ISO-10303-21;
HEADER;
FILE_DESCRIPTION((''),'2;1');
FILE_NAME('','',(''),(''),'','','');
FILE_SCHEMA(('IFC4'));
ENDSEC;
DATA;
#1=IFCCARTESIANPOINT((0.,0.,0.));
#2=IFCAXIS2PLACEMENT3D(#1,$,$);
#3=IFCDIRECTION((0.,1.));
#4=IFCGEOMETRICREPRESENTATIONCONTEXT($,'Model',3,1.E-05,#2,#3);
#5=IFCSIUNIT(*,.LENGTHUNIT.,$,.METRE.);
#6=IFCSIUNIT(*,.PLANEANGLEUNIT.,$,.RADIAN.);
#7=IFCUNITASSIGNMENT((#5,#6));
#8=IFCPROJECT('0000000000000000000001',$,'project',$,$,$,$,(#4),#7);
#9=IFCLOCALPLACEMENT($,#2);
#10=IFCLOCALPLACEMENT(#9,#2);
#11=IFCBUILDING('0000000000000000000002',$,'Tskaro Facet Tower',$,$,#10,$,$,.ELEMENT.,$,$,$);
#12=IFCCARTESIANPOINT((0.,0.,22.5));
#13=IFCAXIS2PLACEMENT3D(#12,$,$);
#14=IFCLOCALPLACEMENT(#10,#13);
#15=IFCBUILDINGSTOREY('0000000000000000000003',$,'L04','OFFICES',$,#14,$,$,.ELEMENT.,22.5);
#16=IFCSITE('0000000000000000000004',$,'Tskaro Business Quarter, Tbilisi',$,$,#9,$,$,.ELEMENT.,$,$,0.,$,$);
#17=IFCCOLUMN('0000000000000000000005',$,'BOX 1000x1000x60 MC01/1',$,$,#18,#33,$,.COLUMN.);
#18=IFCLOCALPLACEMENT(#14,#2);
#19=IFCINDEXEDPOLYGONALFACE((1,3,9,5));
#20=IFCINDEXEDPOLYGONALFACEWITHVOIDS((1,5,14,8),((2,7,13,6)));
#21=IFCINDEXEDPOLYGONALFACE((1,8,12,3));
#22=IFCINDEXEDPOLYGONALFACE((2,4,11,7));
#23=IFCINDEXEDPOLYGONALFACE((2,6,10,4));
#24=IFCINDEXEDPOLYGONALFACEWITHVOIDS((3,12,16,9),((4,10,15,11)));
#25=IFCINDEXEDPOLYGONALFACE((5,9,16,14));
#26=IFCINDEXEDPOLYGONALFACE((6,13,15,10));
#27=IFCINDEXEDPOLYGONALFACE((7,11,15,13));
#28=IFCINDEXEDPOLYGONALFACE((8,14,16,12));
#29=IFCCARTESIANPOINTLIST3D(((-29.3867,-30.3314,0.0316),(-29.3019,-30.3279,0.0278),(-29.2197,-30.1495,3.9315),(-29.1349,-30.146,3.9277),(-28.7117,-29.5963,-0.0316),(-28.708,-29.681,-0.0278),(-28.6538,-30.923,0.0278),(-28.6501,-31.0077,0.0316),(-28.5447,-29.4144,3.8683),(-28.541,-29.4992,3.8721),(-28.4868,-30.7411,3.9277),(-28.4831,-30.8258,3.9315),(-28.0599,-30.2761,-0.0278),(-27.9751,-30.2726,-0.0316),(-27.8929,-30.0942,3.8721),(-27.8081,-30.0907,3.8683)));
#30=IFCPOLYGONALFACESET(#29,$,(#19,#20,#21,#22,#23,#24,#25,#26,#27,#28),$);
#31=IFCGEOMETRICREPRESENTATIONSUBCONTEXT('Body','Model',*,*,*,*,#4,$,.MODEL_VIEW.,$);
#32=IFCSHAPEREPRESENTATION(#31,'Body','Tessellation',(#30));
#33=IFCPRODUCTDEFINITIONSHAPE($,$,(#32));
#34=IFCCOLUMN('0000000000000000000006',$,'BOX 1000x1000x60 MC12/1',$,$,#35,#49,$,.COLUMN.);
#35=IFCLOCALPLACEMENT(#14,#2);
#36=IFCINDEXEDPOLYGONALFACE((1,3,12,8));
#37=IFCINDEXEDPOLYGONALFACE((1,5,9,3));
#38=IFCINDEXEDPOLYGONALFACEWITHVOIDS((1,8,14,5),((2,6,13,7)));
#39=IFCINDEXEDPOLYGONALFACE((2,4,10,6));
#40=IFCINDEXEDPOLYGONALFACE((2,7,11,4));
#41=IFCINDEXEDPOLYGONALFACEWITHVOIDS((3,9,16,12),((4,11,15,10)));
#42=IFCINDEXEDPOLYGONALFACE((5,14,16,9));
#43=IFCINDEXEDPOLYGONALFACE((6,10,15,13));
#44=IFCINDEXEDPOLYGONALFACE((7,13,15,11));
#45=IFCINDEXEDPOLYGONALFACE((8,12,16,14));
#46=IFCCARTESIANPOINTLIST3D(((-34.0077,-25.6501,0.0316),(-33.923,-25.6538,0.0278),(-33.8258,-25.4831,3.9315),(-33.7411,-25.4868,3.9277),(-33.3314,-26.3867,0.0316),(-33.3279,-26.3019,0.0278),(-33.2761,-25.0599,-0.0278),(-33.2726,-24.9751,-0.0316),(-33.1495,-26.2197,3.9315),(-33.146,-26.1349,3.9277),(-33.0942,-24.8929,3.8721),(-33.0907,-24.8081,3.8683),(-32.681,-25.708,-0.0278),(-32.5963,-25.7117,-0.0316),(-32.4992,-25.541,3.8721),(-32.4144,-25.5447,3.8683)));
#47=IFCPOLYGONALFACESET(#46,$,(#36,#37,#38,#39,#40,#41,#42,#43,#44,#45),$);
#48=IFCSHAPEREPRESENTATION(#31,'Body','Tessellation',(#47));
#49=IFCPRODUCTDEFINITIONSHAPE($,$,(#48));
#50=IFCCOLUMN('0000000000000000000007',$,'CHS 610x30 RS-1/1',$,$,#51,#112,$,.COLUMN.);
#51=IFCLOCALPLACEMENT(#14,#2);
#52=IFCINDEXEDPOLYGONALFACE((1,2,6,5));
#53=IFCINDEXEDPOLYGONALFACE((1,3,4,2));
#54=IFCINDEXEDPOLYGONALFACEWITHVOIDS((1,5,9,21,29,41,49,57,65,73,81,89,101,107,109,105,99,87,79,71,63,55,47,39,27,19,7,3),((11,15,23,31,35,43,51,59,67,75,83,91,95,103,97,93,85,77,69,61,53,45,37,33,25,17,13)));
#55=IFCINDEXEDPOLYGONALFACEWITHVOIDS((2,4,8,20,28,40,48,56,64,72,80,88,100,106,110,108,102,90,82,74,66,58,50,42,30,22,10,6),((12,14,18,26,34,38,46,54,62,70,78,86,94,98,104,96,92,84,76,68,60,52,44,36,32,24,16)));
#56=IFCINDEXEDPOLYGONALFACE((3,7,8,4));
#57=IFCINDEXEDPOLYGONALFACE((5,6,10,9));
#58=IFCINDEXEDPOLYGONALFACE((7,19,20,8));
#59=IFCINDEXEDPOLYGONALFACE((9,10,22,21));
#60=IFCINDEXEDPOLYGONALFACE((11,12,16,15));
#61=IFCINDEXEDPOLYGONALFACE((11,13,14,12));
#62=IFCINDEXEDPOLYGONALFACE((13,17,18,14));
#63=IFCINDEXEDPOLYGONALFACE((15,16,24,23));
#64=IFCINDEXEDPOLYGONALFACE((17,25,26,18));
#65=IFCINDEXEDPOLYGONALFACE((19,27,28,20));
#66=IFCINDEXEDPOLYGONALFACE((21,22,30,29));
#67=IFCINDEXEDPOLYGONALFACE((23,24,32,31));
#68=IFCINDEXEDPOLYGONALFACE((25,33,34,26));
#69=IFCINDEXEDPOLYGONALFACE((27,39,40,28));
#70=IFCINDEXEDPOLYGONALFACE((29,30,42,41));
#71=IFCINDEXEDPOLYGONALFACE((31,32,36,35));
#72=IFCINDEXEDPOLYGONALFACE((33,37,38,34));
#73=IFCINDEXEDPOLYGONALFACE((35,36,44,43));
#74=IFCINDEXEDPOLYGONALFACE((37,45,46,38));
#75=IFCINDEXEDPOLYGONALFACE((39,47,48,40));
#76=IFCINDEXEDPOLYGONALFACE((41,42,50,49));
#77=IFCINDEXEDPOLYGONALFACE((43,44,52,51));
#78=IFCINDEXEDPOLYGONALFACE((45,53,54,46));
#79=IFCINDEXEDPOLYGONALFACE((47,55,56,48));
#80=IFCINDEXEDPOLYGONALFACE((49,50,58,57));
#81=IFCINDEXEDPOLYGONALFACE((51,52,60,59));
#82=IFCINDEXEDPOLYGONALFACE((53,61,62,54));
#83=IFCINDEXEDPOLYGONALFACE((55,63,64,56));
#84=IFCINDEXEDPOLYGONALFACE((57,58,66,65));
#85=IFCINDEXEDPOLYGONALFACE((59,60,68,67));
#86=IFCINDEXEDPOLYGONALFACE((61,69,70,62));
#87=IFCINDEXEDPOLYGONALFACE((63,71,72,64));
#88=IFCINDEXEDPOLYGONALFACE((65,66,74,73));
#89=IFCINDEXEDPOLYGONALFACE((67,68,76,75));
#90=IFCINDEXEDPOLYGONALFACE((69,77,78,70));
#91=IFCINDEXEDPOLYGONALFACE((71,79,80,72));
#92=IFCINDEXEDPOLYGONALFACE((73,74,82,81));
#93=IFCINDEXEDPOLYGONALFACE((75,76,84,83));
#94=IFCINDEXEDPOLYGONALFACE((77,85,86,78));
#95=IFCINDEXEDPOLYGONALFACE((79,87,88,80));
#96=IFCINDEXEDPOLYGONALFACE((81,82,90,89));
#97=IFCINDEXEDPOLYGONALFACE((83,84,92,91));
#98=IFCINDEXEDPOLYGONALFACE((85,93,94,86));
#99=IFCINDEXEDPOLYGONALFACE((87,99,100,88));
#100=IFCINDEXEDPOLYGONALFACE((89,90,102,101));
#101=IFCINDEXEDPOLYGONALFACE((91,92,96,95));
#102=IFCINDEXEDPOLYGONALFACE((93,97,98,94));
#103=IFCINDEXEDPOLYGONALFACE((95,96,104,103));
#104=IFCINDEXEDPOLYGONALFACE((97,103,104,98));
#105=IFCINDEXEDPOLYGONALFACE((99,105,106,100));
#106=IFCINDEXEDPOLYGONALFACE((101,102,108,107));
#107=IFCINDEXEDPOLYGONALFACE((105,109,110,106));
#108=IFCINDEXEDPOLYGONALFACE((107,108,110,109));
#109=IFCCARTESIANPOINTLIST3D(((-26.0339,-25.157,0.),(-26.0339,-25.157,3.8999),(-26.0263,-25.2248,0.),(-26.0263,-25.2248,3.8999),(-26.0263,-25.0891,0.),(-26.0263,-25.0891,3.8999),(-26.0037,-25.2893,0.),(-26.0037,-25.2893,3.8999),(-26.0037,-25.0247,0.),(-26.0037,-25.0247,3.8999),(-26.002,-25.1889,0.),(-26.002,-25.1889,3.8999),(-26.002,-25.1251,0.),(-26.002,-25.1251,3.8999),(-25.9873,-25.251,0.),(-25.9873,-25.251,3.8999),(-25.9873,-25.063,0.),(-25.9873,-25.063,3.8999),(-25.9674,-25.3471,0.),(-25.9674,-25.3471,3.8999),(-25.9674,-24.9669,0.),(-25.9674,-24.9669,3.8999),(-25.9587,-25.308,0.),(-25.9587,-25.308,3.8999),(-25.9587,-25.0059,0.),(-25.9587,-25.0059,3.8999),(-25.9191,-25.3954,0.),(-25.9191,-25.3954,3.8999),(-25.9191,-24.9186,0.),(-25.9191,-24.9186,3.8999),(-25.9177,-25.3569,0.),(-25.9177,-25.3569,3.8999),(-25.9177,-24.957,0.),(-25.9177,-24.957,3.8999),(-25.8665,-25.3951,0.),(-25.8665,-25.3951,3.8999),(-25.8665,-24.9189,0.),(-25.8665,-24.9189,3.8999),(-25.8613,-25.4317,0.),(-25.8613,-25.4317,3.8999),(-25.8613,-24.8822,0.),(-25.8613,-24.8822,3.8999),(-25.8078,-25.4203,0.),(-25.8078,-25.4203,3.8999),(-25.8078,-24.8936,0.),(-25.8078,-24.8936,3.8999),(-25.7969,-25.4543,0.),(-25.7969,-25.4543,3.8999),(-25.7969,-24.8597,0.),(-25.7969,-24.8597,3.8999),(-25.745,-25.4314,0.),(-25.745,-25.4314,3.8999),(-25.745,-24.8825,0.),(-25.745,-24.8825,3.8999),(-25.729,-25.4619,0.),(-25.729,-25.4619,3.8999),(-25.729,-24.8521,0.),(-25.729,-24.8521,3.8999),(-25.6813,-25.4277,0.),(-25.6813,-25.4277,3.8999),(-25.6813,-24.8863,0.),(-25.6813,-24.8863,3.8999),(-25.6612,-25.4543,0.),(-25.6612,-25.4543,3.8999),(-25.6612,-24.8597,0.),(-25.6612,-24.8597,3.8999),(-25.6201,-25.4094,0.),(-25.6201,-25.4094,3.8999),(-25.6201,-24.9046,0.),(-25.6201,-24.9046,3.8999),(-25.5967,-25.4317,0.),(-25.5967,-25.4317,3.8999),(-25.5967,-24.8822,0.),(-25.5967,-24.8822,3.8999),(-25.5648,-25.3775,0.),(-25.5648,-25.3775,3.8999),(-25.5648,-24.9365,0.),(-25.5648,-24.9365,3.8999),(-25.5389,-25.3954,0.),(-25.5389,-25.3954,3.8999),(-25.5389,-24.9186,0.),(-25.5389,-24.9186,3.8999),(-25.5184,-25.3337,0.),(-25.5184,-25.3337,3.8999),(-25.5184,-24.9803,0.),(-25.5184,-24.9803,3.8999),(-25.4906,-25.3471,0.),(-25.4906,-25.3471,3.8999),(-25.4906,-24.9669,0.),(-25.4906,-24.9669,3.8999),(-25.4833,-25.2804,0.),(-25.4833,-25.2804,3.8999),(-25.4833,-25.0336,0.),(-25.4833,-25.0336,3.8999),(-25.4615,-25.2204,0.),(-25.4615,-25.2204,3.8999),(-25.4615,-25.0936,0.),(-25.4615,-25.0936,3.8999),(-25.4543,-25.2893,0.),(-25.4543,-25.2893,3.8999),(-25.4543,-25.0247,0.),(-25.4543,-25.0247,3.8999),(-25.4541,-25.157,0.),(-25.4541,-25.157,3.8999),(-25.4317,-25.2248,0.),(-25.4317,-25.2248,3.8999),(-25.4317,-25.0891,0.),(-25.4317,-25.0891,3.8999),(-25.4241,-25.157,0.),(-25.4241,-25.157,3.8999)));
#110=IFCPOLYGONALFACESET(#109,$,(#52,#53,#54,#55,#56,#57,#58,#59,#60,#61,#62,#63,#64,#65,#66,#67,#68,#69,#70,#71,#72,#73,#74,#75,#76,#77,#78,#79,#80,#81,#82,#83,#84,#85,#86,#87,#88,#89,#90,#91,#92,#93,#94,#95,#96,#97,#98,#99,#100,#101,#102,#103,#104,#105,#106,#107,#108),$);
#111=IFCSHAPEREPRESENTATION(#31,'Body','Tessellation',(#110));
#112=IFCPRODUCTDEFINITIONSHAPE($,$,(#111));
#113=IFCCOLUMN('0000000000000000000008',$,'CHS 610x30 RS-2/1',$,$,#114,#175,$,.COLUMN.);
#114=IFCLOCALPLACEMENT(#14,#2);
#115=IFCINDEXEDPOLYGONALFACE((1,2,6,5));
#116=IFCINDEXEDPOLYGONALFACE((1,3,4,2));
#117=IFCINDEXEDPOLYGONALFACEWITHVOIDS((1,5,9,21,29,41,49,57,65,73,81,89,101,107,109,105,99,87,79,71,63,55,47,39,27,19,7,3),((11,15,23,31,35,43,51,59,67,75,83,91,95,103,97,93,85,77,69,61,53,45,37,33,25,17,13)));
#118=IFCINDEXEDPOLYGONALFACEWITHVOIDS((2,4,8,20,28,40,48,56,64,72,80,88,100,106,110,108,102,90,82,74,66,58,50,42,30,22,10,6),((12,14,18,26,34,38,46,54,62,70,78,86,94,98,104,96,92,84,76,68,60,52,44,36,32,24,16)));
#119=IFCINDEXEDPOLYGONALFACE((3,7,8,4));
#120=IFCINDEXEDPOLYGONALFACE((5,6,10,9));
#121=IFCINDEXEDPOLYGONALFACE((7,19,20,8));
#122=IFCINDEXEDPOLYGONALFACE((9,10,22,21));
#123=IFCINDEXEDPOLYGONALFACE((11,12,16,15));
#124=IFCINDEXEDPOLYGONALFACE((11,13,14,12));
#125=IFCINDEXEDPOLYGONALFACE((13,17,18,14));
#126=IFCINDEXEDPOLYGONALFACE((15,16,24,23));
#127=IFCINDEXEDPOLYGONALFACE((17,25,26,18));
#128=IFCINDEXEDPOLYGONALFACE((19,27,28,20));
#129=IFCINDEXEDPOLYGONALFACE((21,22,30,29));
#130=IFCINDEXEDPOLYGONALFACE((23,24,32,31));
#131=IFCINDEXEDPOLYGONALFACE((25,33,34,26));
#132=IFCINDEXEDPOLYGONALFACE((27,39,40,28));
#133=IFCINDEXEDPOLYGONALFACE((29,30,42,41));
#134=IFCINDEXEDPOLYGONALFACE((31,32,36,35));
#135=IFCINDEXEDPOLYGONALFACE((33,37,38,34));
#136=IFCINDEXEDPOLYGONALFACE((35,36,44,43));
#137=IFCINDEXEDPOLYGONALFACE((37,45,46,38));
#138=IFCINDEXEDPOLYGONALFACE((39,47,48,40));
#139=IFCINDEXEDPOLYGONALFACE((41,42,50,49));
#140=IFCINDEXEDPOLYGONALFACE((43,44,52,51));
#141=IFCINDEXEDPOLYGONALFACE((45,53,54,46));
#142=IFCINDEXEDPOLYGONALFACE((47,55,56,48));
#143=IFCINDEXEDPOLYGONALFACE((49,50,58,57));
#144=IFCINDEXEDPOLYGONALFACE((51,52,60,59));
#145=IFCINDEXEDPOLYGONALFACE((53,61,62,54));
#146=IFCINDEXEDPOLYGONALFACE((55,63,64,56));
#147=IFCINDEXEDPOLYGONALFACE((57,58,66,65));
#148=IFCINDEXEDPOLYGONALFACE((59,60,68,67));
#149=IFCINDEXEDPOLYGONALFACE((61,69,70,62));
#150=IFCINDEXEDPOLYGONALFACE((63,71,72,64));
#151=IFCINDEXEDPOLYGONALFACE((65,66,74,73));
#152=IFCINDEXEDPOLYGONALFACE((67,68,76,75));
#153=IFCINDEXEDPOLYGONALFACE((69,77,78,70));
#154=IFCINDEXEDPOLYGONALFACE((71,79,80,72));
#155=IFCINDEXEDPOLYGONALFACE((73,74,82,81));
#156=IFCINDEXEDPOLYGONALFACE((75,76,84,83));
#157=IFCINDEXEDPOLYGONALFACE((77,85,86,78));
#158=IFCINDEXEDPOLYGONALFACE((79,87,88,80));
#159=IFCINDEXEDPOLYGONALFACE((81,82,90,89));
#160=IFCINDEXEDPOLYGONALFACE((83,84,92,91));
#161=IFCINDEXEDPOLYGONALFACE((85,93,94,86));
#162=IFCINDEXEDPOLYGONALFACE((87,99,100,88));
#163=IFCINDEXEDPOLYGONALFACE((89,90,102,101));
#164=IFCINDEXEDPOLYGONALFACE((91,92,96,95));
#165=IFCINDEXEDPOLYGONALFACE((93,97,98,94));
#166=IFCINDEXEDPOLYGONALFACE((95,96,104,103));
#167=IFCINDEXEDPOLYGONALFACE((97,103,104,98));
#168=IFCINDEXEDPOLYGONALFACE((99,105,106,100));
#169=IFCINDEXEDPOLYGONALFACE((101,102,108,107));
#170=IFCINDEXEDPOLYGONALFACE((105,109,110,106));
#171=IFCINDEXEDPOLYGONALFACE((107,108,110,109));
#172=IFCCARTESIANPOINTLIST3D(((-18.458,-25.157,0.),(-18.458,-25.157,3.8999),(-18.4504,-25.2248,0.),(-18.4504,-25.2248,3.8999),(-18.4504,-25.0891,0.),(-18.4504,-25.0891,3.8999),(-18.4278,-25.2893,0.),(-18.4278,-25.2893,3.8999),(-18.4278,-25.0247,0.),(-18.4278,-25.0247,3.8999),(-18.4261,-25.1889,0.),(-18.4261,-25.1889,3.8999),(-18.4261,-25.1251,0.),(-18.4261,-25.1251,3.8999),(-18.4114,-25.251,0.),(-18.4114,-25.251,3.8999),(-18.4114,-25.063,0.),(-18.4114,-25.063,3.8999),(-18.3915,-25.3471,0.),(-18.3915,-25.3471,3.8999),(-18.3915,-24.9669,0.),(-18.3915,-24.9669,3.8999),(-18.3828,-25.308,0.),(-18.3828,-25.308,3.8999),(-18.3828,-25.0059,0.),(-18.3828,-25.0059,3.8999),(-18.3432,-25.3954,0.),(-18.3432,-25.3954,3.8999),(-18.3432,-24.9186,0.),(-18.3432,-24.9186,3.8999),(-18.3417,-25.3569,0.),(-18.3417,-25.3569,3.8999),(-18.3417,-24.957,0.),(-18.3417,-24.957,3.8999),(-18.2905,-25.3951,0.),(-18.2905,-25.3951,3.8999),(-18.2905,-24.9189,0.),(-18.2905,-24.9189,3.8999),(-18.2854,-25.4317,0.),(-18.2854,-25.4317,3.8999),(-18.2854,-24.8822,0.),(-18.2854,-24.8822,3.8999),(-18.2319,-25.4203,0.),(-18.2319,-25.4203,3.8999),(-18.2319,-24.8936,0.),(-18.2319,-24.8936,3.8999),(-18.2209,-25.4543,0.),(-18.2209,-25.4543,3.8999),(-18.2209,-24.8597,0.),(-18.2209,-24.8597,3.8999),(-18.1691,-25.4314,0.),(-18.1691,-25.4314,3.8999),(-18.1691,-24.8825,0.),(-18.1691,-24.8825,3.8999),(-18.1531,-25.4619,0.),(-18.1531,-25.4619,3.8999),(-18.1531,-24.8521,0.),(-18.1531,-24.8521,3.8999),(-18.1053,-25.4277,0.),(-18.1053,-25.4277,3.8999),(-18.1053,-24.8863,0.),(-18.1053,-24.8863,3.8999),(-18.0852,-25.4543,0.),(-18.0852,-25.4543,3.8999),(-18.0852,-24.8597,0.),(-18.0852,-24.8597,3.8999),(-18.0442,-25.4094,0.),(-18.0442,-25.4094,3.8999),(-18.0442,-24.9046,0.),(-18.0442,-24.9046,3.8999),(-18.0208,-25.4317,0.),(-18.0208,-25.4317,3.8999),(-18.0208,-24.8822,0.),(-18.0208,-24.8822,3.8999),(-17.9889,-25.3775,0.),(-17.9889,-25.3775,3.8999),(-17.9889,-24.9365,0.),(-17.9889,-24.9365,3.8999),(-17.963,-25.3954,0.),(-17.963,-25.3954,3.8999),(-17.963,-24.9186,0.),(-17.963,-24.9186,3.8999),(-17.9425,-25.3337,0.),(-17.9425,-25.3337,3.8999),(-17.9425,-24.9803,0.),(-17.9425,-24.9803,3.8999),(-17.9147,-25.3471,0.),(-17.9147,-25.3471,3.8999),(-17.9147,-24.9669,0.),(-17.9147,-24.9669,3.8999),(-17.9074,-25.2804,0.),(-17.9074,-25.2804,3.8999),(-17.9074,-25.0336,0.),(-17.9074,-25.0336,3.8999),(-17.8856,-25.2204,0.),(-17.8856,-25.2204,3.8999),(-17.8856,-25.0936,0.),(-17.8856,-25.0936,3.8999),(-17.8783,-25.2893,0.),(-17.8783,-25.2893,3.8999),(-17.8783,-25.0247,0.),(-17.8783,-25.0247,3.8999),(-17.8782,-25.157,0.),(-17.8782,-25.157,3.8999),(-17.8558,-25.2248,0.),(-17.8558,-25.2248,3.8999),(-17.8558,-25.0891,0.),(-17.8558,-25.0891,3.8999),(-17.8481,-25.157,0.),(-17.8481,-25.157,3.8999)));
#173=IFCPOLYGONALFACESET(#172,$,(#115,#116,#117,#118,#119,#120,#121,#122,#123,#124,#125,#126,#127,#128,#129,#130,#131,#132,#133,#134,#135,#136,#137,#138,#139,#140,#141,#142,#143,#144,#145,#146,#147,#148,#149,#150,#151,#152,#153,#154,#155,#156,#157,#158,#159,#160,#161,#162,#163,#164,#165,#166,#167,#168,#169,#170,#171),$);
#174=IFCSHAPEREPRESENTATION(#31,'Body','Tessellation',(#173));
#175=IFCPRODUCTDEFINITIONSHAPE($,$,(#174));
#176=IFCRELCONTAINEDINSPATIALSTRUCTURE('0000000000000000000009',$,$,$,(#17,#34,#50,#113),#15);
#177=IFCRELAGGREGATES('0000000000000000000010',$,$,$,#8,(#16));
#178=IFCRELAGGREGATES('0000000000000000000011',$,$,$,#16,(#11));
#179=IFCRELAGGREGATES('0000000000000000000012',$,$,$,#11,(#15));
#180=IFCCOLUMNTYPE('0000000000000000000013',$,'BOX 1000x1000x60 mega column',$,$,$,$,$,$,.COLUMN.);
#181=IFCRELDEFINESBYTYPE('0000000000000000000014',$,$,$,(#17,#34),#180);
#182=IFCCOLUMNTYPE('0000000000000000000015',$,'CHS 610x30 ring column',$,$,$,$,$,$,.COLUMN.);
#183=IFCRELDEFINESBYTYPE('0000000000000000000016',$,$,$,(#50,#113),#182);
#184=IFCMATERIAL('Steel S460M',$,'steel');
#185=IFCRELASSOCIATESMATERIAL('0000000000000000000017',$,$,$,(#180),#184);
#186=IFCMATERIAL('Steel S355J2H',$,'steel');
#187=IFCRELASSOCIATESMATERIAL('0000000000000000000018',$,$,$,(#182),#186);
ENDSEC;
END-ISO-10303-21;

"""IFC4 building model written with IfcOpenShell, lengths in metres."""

from ifc_helpers import new_model, si_unit, direction, frame, origin, origin_2d, place, context, subcontext, project, spatial, hollow_rectangle, hollow_circle, extrude, material, material_profile, profile_set, type_object, element, save


model = new_model("IFC4")

# Units and contexts
model_context = context("Model", 3, precision=1e-05, world=origin(), true_north=direction((0.0, 1.0)))
body_context = subcontext(model_context, "Body", "Model", "MODEL_VIEW")
ifc_project = project(units=[si_unit("LENGTHUNIT", "METRE"), si_unit("PLANEANGLEUNIT", "RADIAN")], contexts=[model_context])

# Site, building, storey
site_placement = place(None, origin())
site = spatial("IfcSite", under=ifc_project, at=site_placement, Name="Tskaro Business Quarter, Tbilisi", CompositionType="ELEMENT", RefElevation=0.0)
building_placement = place(site_placement, origin())
building = spatial("IfcBuilding", under=site, at=building_placement, Name="Tskaro Facet Tower", CompositionType="ELEMENT")
storey_placement = place(building_placement, frame((0.0, 0.0, 22.5)))
storey = spatial("IfcBuildingStorey", under=building, at=storey_placement, Name="L04", Description="OFFICES", CompositionType="ELEMENT", Elevation=22.5)

# Columns
ifc_material_1 = material(Name="Steel S460M", Category="steel")
ifc_material_profile_1 = material_profile(ifc_material_1, hollow_rectangle(XDim=1.0, YDim=1.0, WallThickness=0.0601, at=origin_2d()), Name="BOX 1000x1000x60")
ifc_profile_set_1 = profile_set([ifc_material_profile_1], Name="Steel S460M")
column_type_1 = type_object("IfcColumnType", Name="BOX 1000x1000x60 mega column", PredefinedType="COLUMN", material=ifc_profile_set_1)
for number, where, z_axis, x_axis, name in (
    (1, (-28.6809, -30.302, 0.0), (0.042734, 0.046545, 0.998002), (-0.73662, 0.676306, 0.0), "BOX 1000x1000x60 MC01/1"),
    (2, (-33.302, -25.6809, 0.0), (0.046545, 0.042734, 0.998002), (-0.676306, 0.73662, 0.0), "BOX 1000x1000x60 MC12/1"),
):
    element("IfcColumn", number, at=place(storey_placement, frame(where, z_axis=z_axis, x_axis=x_axis)), inside=storey, type_object=column_type_1, Name=name, PredefinedType="COLUMN", context=body_context, shape_type="SweptSolid", body=[
        extrude(hollow_rectangle(XDim=1.0, YDim=1.0, WallThickness=0.0601, at=origin_2d()), origin(), (0.0, 0.0, 1.0), 3.9077),
    ])
ifc_material_2 = material(Name="Steel S355J2H", Category="steel")
ifc_material_profile_2 = material_profile(ifc_material_2, hollow_circle(Radius=0.3049, WallThickness=0.03, at=origin_2d()), Name="CHS 610x30")
ifc_profile_set_2 = profile_set([ifc_material_profile_2], Name="Steel S355J2H")
column_type_2 = type_object("IfcColumnType", Name="CHS 610x30 ring column", PredefinedType="COLUMN", material=ifc_profile_set_2)
for number, where, z_axis, x_axis, name in (
    (3, (-25.729, -25.157, 0.0), (0.0, 0.0, 1.0), (1.0, 0.0, 0.0), "CHS 610x30 RS-1/1"),
    (4, (-18.1531, -25.157, 0.0), (0.0, 0.0, 1.0), (1.0, 0.0, 0.0), "CHS 610x30 RS-2/1"),
):
    element("IfcColumn", number, at=place(storey_placement, frame(where, z_axis=z_axis, x_axis=x_axis)), inside=storey, type_object=column_type_2, Name=name, PredefinedType="COLUMN", context=body_context, shape_type="SweptSolid", body=[
        extrude(hollow_circle(Radius=0.3049, WallThickness=0.03, at=origin_2d()), origin(), (0.0, 0.0, 1.0), 3.8999),
    ])

save(model, "model.ifc")
